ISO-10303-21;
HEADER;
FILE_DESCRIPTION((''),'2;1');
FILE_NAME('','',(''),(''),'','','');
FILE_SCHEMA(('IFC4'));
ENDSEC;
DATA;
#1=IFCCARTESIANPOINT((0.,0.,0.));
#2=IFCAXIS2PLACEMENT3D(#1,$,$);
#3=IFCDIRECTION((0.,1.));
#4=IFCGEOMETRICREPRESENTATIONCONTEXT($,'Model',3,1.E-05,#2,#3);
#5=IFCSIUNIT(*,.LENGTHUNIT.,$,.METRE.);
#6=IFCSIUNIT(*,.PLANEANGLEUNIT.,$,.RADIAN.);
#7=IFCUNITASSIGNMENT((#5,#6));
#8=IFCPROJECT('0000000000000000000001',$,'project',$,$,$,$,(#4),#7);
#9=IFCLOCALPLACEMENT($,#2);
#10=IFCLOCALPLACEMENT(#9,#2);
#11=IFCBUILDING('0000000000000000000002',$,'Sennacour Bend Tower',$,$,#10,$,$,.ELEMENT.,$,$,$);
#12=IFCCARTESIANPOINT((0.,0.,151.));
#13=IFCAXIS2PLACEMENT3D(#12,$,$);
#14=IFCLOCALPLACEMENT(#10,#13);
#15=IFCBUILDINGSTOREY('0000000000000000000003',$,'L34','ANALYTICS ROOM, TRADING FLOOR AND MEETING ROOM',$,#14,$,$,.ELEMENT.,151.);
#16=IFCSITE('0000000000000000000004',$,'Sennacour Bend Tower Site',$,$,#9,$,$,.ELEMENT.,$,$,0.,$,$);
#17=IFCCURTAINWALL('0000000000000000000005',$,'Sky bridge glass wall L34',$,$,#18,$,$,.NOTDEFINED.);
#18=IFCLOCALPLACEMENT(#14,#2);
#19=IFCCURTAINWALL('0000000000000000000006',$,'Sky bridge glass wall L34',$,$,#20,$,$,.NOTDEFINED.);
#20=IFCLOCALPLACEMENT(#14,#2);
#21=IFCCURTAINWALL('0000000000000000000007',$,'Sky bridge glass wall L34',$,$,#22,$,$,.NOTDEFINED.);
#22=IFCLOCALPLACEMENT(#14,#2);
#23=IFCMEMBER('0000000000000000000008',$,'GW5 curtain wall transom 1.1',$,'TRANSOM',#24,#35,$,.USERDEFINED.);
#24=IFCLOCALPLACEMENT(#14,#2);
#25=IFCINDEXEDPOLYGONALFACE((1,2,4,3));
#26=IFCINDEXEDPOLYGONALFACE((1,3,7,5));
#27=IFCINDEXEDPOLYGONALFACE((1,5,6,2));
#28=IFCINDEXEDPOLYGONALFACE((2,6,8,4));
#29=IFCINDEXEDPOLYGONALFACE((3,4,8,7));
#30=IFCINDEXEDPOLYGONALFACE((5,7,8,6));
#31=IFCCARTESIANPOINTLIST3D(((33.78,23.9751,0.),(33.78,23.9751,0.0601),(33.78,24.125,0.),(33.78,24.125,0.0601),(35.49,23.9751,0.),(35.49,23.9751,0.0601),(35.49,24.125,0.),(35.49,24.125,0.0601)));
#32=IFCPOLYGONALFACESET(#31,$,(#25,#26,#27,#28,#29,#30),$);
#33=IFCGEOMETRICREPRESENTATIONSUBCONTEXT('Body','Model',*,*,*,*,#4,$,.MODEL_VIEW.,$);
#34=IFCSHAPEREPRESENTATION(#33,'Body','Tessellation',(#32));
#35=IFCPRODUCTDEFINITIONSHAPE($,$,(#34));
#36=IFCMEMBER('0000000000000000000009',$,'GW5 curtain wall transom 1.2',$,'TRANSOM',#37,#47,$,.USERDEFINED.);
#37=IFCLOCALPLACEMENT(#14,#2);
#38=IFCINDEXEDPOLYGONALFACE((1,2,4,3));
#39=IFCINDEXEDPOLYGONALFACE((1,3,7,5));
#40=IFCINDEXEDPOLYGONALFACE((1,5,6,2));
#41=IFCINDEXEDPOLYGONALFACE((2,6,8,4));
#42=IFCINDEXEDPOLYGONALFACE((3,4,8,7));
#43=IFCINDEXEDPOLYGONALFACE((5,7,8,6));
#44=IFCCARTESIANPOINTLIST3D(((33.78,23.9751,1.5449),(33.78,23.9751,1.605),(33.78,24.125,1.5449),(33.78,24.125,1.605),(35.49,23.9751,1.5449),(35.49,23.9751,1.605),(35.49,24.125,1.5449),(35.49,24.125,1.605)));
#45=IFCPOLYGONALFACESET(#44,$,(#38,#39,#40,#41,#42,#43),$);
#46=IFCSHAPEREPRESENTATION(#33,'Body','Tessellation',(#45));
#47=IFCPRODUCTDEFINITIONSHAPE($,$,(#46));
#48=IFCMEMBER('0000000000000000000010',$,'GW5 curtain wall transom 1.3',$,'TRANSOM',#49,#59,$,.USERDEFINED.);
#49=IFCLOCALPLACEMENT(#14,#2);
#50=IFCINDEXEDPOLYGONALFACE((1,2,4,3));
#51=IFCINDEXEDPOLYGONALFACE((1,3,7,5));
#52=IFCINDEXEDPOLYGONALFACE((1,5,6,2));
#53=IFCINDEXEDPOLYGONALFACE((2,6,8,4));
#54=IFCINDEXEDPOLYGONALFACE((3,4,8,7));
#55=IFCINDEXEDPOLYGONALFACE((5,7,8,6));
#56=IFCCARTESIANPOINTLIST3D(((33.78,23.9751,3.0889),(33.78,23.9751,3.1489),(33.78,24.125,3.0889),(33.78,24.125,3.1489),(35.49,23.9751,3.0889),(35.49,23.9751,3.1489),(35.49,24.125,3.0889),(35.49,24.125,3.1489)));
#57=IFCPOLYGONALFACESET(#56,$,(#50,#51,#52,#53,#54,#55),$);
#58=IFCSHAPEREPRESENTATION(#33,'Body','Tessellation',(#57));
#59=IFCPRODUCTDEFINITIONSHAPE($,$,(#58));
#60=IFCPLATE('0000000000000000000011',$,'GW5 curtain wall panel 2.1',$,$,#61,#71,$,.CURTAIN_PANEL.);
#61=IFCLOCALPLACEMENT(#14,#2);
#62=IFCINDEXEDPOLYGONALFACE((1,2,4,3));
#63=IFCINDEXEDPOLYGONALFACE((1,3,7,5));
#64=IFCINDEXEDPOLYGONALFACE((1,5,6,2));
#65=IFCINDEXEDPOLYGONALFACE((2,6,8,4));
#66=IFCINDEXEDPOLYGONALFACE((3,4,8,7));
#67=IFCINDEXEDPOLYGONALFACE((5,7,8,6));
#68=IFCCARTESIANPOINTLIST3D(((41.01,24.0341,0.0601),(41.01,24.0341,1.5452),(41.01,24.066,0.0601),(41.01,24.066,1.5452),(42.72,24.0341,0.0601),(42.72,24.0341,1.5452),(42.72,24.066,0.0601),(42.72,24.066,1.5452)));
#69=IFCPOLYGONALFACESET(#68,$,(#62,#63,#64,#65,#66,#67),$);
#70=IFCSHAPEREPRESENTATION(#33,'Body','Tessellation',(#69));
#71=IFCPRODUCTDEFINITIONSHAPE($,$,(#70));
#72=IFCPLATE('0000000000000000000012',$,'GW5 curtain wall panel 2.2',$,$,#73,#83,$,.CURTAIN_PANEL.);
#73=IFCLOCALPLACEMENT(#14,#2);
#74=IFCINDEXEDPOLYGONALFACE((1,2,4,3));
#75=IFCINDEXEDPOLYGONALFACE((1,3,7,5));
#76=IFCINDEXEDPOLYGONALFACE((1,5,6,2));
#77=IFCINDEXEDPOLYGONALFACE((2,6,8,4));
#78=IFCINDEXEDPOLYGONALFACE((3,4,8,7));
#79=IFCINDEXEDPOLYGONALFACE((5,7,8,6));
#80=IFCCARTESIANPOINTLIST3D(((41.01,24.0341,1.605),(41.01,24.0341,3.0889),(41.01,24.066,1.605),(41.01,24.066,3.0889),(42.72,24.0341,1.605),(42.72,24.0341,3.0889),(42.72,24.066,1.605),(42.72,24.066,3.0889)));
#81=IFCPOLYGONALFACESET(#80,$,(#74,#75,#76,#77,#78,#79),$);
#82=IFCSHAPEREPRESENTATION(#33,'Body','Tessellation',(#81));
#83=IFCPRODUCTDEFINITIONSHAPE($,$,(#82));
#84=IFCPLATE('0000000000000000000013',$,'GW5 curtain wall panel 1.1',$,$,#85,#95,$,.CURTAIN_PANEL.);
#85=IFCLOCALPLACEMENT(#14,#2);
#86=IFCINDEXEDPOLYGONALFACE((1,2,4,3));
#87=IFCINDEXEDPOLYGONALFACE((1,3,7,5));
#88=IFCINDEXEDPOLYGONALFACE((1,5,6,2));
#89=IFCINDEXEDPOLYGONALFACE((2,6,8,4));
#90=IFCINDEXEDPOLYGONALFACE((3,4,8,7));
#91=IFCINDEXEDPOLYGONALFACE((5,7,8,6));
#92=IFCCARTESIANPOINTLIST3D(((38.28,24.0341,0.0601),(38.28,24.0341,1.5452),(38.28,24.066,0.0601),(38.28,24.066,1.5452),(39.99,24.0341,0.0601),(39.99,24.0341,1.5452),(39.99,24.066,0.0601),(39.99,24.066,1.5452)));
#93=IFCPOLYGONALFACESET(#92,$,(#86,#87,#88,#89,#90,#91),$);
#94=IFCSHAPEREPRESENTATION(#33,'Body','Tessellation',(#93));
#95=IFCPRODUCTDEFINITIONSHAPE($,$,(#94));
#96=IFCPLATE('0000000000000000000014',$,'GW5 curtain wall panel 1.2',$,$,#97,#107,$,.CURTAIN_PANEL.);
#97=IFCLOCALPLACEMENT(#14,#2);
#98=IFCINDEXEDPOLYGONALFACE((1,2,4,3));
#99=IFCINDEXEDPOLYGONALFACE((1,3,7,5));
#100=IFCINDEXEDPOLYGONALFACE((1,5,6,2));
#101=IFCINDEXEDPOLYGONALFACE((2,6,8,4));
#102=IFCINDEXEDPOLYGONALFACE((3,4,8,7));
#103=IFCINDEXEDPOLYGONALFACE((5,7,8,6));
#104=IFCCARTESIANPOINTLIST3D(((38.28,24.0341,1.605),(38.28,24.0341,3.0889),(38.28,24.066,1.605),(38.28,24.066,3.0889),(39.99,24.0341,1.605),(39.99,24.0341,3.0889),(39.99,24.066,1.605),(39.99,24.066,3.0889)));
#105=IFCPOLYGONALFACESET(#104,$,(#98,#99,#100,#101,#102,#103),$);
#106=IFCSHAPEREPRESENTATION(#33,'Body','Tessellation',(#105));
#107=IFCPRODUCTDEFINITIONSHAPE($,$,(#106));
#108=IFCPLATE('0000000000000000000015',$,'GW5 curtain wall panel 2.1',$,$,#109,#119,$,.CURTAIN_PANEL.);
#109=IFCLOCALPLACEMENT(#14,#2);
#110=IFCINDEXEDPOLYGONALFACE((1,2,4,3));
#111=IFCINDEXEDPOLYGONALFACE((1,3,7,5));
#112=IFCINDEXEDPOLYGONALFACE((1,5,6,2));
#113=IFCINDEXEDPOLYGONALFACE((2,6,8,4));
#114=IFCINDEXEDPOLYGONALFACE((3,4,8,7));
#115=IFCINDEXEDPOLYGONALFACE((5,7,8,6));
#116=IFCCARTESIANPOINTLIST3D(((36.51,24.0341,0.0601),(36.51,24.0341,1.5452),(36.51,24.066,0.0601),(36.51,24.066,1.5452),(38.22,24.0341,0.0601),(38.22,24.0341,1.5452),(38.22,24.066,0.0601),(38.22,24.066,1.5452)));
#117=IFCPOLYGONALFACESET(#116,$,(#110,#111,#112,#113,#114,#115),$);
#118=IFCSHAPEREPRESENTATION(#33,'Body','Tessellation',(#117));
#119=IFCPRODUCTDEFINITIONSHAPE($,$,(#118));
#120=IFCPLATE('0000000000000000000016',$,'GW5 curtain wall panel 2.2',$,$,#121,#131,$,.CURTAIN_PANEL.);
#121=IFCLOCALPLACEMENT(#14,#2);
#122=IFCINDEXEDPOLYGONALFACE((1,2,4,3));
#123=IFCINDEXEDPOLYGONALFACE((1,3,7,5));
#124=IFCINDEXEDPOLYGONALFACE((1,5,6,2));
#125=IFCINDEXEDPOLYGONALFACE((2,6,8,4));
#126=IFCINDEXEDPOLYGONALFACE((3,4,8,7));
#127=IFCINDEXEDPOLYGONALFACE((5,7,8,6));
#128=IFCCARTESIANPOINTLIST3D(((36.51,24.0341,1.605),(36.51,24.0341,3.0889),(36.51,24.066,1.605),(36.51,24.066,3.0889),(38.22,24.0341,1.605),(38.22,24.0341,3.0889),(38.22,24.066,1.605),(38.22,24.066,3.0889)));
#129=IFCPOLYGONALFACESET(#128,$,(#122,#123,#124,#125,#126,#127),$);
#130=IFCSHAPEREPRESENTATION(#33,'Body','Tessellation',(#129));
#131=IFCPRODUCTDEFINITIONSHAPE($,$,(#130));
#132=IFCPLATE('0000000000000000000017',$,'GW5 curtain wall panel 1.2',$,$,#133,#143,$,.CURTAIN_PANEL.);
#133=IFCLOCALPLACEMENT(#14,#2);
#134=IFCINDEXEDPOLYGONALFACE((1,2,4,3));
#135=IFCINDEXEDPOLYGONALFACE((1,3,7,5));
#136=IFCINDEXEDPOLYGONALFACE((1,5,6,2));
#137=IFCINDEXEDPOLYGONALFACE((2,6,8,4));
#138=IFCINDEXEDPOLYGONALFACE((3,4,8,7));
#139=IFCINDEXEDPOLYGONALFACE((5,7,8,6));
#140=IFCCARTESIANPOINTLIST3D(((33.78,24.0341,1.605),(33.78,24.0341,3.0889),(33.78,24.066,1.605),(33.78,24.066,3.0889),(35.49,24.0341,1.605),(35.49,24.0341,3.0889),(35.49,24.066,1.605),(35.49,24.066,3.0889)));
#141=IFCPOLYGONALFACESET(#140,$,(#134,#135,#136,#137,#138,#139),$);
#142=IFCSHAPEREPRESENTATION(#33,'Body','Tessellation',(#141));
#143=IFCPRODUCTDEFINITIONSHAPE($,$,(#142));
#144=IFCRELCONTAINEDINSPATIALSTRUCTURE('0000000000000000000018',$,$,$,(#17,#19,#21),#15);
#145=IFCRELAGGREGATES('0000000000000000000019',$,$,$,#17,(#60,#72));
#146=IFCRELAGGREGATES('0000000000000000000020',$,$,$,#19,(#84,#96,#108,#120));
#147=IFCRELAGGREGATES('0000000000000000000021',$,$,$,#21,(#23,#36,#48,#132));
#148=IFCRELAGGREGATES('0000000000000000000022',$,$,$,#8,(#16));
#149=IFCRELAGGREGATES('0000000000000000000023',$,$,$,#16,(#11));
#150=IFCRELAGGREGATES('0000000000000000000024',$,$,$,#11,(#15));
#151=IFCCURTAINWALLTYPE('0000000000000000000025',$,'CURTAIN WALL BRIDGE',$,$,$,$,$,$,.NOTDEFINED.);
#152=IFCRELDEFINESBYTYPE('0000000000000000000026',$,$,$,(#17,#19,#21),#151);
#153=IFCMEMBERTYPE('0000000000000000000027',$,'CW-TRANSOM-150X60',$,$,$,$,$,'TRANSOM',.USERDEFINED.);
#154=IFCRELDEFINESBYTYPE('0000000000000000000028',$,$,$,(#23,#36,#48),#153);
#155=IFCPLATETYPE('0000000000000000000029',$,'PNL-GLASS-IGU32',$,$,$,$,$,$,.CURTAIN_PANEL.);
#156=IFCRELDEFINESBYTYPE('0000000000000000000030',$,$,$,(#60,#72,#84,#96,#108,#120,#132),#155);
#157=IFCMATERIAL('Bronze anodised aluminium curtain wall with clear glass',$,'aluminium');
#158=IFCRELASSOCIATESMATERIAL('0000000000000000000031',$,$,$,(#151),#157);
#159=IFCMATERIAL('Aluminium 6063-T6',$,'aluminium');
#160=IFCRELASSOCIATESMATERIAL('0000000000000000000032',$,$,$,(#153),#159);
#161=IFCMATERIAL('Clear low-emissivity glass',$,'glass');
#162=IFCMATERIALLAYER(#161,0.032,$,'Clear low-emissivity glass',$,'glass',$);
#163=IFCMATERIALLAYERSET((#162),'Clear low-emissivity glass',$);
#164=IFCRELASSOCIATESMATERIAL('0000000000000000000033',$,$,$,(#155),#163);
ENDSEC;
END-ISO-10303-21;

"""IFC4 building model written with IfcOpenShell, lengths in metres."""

from ifc_helpers import new_model, si_unit, direction, frame, origin, origin_2d, place, context, subcontext, project, spatial, rectangle, extrude, material, layer, layer_set, material_profile, profile_set, type_object, element, aggregate, save


model = new_model("IFC4")

# Units and contexts
model_context = context("Model", 3, precision=1e-05, world=origin(), true_north=direction((0.0, 1.0)))
body_context = subcontext(model_context, "Body", "Model", "MODEL_VIEW")
ifc_project = project(units=[si_unit("LENGTHUNIT", "METRE"), si_unit("PLANEANGLEUNIT", "RADIAN")], contexts=[model_context])

# Site, building, storey
site_placement = place(None, origin())
site = spatial("IfcSite", under=ifc_project, at=site_placement, Name="Sennacour Bend Tower Site", CompositionType="ELEMENT", RefElevation=0.0)
building_placement = place(site_placement, origin())
building = spatial("IfcBuilding", under=site, at=building_placement, Name="Sennacour Bend Tower", CompositionType="ELEMENT")
storey_placement = place(building_placement, frame((0.0, 0.0, 151.0)))
storey = spatial("IfcBuildingStorey", under=building, at=storey_placement, Name="L34", Description="ANALYTICS ROOM, TRADING FLOOR AND MEETING ROOM", CompositionType="ELEMENT", Elevation=151.0)

# Curtain walls
ifc_material_1 = material(Name="Bronze anodised aluminium curtain wall with clear glass", Category="aluminium")
curtain_wall_type = type_object("IfcCurtainWallType", Name="CURTAIN WALL BRIDGE", PredefinedType="NOTDEFINED", material=ifc_material_1)
curtain_wall_1_placement = place(storey_placement, origin())
curtain_wall_1 = element("IfcCurtainWall", 1, at=curtain_wall_1_placement, inside=storey, type_object=curtain_wall_type, Name="Sky bridge glass wall L34", PredefinedType="NOTDEFINED")
ifc_material_2 = material(Name="Aluminium 6063-T6", Category="aluminium")
curtain_wall_2_placement = place(storey_placement, origin())
curtain_wall_2 = element("IfcCurtainWall", 2, at=curtain_wall_2_placement, inside=storey, type_object=curtain_wall_type, Name="Sky bridge glass wall L34", PredefinedType="NOTDEFINED")

# Curtain wall
curtain_wall_3_placement = place(storey_placement, origin())
curtain_wall_3 = element("IfcCurtainWall", 3, at=curtain_wall_3_placement, inside=storey, type_object=curtain_wall_type, Name="Sky bridge glass wall L34", PredefinedType="NOTDEFINED")

# Members
ifc_material_profile_1 = material_profile(ifc_material_2, rectangle(XDim=0.1499, YDim=0.0601, at=origin_2d()), Name="Aluminium 6063-T6", Category="aluminium")
ifc_profile_set_1 = profile_set([ifc_material_profile_1], Name="Aluminium 6063-T6")
member_type_1 = type_object("IfcMemberType", Name="CW-TRANSOM-150X60", ElementType="TRANSOM", PredefinedType="USERDEFINED", material=ifc_profile_set_1)
member_1_placement = place(storey_placement, frame((35.49, 24.05, 0.03), z_axis=(-1.0, 0.0, 0.0), x_axis=(0.0, -1.0, 0.0)))
member_1 = element("IfcMember", 4, at=member_1_placement, type_object=member_type_1, Name="GW5 curtain wall transom 1.1", ObjectType="TRANSOM", PredefinedType="USERDEFINED", context=body_context, shape_type="SweptSolid", body=[
    extrude(rectangle(XDim=0.1499, YDim=0.0601, at=origin_2d()), origin(), (0.0, 0.0, 1.0), 1.71),
])
member_2_placement = place(storey_placement, frame((35.49, 24.05, 1.575), z_axis=(-1.0, 0.0, 0.0), x_axis=(0.0, -1.0, 0.0)))
member_2 = element("IfcMember", 5, at=member_2_placement, type_object=member_type_1, Name="GW5 curtain wall transom 1.2", ObjectType="TRANSOM", PredefinedType="USERDEFINED", context=body_context, shape_type="SweptSolid", body=[
    extrude(rectangle(XDim=0.1499, YDim=0.0601, at=origin_2d()), origin(), (0.0, 0.0, 1.0), 1.71),
])
member_3_placement = place(storey_placement, frame((35.49, 24.05, 3.1189), z_axis=(-1.0, 0.0, 0.0), x_axis=(0.0, -1.0, 0.0)))
member_3 = element("IfcMember", 6, at=member_3_placement, type_object=member_type_1, Name="GW5 curtain wall transom 1.3", ObjectType="TRANSOM", PredefinedType="USERDEFINED", context=body_context, shape_type="SweptSolid", body=[
    extrude(rectangle(XDim=0.1499, YDim=0.0601, at=origin_2d()), origin(), (0.0, 0.0, 1.0), 1.71),
])

# Plates
ifc_material_3 = material(Name="Clear low-emissivity glass", Category="glass")
ifc_layer = layer(ifc_material_3, 0.032, Name="Clear low-emissivity glass", Category="glass")
ifc_layer_set = layer_set([ifc_layer], Name="Clear low-emissivity glass")
plate_type = type_object("IfcPlateType", Name="PNL-GLASS-IGU32", PredefinedType="CURTAIN_PANEL", material=ifc_layer_set)
plate_1_placement = place(storey_placement, frame((41.865, 24.05, 0.0601), z_axis=(0.0, 0.0, 1.0), x_axis=(-1.0, 0.0, 0.0)))
plate_1 = element("IfcPlate", 7, at=plate_1_placement, type_object=plate_type, Name="GW5 curtain wall panel 2.1", PredefinedType="CURTAIN_PANEL", context=body_context, shape_type="SweptSolid", body=[
    extrude(rectangle(XDim=1.71, YDim=0.032, at=origin_2d()), origin(), (0.0, 0.0, 1.0), 1.4851),
])
plate_2_placement = place(storey_placement, frame((41.865, 24.05, 1.605), z_axis=(0.0, 0.0, 1.0), x_axis=(-1.0, 0.0, 0.0)))
plate_2 = element("IfcPlate", 8, at=plate_2_placement, type_object=plate_type, Name="GW5 curtain wall panel 2.2", PredefinedType="CURTAIN_PANEL", context=body_context, shape_type="SweptSolid", body=[
    extrude(rectangle(XDim=1.71, YDim=0.032, at=origin_2d()), origin(), (0.0, 0.0, 1.0), 1.4839),
])
aggregate(curtain_wall_1, [plate_1, plate_2])
plate_3_placement = place(storey_placement, frame((39.135, 24.05, 0.0601), z_axis=(0.0, 0.0, 1.0), x_axis=(-1.0, 0.0, 0.0)))
plate_3 = element("IfcPlate", 9, at=plate_3_placement, type_object=plate_type, Name="GW5 curtain wall panel 1.1", PredefinedType="CURTAIN_PANEL", context=body_context, shape_type="SweptSolid", body=[
    extrude(rectangle(XDim=1.71, YDim=0.032, at=origin_2d()), origin(), (0.0, 0.0, 1.0), 1.4851),
])
plate_4_placement = place(storey_placement, frame((39.135, 24.05, 1.605), z_axis=(0.0, 0.0, 1.0), x_axis=(-1.0, 0.0, 0.0)))
plate_4 = element("IfcPlate", 10, at=plate_4_placement, type_object=plate_type, Name="GW5 curtain wall panel 1.2", PredefinedType="CURTAIN_PANEL", context=body_context, shape_type="SweptSolid", body=[
    extrude(rectangle(XDim=1.71, YDim=0.032, at=origin_2d()), origin(), (0.0, 0.0, 1.0), 1.4839),
])
plate_5_placement = place(storey_placement, frame((37.365, 24.05, 0.0601), z_axis=(0.0, 0.0, 1.0), x_axis=(-1.0, 0.0, 0.0)))
plate_5 = element("IfcPlate", 11, at=plate_5_placement, type_object=plate_type, Name="GW5 curtain wall panel 2.1", PredefinedType="CURTAIN_PANEL", context=body_context, shape_type="SweptSolid", body=[
    extrude(rectangle(XDim=1.71, YDim=0.032, at=origin_2d()), origin(), (0.0, 0.0, 1.0), 1.4851),
])
plate_6_placement = place(storey_placement, frame((37.365, 24.05, 1.605), z_axis=(0.0, 0.0, 1.0), x_axis=(-1.0, 0.0, 0.0)))
plate_6 = element("IfcPlate", 12, at=plate_6_placement, type_object=plate_type, Name="GW5 curtain wall panel 2.2", PredefinedType="CURTAIN_PANEL", context=body_context, shape_type="SweptSolid", body=[
    extrude(rectangle(XDim=1.71, YDim=0.032, at=origin_2d()), origin(), (0.0, 0.0, 1.0), 1.4839),
])
aggregate(curtain_wall_2, [plate_3, plate_4, plate_5, plate_6])
plate_7_placement = place(storey_placement, frame((34.635, 24.05, 1.605), z_axis=(0.0, 0.0, 1.0), x_axis=(-1.0, 0.0, 0.0)))
plate_7 = element("IfcPlate", 13, at=plate_7_placement, type_object=plate_type, Name="GW5 curtain wall panel 1.2", PredefinedType="CURTAIN_PANEL", context=body_context, shape_type="SweptSolid", body=[
    extrude(rectangle(XDim=1.71, YDim=0.032, at=origin_2d()), origin(), (0.0, 0.0, 1.0), 1.4839),
])
aggregate(curtain_wall_3, [member_1, member_2, member_3, plate_7])

save(model, "model.ifc")
